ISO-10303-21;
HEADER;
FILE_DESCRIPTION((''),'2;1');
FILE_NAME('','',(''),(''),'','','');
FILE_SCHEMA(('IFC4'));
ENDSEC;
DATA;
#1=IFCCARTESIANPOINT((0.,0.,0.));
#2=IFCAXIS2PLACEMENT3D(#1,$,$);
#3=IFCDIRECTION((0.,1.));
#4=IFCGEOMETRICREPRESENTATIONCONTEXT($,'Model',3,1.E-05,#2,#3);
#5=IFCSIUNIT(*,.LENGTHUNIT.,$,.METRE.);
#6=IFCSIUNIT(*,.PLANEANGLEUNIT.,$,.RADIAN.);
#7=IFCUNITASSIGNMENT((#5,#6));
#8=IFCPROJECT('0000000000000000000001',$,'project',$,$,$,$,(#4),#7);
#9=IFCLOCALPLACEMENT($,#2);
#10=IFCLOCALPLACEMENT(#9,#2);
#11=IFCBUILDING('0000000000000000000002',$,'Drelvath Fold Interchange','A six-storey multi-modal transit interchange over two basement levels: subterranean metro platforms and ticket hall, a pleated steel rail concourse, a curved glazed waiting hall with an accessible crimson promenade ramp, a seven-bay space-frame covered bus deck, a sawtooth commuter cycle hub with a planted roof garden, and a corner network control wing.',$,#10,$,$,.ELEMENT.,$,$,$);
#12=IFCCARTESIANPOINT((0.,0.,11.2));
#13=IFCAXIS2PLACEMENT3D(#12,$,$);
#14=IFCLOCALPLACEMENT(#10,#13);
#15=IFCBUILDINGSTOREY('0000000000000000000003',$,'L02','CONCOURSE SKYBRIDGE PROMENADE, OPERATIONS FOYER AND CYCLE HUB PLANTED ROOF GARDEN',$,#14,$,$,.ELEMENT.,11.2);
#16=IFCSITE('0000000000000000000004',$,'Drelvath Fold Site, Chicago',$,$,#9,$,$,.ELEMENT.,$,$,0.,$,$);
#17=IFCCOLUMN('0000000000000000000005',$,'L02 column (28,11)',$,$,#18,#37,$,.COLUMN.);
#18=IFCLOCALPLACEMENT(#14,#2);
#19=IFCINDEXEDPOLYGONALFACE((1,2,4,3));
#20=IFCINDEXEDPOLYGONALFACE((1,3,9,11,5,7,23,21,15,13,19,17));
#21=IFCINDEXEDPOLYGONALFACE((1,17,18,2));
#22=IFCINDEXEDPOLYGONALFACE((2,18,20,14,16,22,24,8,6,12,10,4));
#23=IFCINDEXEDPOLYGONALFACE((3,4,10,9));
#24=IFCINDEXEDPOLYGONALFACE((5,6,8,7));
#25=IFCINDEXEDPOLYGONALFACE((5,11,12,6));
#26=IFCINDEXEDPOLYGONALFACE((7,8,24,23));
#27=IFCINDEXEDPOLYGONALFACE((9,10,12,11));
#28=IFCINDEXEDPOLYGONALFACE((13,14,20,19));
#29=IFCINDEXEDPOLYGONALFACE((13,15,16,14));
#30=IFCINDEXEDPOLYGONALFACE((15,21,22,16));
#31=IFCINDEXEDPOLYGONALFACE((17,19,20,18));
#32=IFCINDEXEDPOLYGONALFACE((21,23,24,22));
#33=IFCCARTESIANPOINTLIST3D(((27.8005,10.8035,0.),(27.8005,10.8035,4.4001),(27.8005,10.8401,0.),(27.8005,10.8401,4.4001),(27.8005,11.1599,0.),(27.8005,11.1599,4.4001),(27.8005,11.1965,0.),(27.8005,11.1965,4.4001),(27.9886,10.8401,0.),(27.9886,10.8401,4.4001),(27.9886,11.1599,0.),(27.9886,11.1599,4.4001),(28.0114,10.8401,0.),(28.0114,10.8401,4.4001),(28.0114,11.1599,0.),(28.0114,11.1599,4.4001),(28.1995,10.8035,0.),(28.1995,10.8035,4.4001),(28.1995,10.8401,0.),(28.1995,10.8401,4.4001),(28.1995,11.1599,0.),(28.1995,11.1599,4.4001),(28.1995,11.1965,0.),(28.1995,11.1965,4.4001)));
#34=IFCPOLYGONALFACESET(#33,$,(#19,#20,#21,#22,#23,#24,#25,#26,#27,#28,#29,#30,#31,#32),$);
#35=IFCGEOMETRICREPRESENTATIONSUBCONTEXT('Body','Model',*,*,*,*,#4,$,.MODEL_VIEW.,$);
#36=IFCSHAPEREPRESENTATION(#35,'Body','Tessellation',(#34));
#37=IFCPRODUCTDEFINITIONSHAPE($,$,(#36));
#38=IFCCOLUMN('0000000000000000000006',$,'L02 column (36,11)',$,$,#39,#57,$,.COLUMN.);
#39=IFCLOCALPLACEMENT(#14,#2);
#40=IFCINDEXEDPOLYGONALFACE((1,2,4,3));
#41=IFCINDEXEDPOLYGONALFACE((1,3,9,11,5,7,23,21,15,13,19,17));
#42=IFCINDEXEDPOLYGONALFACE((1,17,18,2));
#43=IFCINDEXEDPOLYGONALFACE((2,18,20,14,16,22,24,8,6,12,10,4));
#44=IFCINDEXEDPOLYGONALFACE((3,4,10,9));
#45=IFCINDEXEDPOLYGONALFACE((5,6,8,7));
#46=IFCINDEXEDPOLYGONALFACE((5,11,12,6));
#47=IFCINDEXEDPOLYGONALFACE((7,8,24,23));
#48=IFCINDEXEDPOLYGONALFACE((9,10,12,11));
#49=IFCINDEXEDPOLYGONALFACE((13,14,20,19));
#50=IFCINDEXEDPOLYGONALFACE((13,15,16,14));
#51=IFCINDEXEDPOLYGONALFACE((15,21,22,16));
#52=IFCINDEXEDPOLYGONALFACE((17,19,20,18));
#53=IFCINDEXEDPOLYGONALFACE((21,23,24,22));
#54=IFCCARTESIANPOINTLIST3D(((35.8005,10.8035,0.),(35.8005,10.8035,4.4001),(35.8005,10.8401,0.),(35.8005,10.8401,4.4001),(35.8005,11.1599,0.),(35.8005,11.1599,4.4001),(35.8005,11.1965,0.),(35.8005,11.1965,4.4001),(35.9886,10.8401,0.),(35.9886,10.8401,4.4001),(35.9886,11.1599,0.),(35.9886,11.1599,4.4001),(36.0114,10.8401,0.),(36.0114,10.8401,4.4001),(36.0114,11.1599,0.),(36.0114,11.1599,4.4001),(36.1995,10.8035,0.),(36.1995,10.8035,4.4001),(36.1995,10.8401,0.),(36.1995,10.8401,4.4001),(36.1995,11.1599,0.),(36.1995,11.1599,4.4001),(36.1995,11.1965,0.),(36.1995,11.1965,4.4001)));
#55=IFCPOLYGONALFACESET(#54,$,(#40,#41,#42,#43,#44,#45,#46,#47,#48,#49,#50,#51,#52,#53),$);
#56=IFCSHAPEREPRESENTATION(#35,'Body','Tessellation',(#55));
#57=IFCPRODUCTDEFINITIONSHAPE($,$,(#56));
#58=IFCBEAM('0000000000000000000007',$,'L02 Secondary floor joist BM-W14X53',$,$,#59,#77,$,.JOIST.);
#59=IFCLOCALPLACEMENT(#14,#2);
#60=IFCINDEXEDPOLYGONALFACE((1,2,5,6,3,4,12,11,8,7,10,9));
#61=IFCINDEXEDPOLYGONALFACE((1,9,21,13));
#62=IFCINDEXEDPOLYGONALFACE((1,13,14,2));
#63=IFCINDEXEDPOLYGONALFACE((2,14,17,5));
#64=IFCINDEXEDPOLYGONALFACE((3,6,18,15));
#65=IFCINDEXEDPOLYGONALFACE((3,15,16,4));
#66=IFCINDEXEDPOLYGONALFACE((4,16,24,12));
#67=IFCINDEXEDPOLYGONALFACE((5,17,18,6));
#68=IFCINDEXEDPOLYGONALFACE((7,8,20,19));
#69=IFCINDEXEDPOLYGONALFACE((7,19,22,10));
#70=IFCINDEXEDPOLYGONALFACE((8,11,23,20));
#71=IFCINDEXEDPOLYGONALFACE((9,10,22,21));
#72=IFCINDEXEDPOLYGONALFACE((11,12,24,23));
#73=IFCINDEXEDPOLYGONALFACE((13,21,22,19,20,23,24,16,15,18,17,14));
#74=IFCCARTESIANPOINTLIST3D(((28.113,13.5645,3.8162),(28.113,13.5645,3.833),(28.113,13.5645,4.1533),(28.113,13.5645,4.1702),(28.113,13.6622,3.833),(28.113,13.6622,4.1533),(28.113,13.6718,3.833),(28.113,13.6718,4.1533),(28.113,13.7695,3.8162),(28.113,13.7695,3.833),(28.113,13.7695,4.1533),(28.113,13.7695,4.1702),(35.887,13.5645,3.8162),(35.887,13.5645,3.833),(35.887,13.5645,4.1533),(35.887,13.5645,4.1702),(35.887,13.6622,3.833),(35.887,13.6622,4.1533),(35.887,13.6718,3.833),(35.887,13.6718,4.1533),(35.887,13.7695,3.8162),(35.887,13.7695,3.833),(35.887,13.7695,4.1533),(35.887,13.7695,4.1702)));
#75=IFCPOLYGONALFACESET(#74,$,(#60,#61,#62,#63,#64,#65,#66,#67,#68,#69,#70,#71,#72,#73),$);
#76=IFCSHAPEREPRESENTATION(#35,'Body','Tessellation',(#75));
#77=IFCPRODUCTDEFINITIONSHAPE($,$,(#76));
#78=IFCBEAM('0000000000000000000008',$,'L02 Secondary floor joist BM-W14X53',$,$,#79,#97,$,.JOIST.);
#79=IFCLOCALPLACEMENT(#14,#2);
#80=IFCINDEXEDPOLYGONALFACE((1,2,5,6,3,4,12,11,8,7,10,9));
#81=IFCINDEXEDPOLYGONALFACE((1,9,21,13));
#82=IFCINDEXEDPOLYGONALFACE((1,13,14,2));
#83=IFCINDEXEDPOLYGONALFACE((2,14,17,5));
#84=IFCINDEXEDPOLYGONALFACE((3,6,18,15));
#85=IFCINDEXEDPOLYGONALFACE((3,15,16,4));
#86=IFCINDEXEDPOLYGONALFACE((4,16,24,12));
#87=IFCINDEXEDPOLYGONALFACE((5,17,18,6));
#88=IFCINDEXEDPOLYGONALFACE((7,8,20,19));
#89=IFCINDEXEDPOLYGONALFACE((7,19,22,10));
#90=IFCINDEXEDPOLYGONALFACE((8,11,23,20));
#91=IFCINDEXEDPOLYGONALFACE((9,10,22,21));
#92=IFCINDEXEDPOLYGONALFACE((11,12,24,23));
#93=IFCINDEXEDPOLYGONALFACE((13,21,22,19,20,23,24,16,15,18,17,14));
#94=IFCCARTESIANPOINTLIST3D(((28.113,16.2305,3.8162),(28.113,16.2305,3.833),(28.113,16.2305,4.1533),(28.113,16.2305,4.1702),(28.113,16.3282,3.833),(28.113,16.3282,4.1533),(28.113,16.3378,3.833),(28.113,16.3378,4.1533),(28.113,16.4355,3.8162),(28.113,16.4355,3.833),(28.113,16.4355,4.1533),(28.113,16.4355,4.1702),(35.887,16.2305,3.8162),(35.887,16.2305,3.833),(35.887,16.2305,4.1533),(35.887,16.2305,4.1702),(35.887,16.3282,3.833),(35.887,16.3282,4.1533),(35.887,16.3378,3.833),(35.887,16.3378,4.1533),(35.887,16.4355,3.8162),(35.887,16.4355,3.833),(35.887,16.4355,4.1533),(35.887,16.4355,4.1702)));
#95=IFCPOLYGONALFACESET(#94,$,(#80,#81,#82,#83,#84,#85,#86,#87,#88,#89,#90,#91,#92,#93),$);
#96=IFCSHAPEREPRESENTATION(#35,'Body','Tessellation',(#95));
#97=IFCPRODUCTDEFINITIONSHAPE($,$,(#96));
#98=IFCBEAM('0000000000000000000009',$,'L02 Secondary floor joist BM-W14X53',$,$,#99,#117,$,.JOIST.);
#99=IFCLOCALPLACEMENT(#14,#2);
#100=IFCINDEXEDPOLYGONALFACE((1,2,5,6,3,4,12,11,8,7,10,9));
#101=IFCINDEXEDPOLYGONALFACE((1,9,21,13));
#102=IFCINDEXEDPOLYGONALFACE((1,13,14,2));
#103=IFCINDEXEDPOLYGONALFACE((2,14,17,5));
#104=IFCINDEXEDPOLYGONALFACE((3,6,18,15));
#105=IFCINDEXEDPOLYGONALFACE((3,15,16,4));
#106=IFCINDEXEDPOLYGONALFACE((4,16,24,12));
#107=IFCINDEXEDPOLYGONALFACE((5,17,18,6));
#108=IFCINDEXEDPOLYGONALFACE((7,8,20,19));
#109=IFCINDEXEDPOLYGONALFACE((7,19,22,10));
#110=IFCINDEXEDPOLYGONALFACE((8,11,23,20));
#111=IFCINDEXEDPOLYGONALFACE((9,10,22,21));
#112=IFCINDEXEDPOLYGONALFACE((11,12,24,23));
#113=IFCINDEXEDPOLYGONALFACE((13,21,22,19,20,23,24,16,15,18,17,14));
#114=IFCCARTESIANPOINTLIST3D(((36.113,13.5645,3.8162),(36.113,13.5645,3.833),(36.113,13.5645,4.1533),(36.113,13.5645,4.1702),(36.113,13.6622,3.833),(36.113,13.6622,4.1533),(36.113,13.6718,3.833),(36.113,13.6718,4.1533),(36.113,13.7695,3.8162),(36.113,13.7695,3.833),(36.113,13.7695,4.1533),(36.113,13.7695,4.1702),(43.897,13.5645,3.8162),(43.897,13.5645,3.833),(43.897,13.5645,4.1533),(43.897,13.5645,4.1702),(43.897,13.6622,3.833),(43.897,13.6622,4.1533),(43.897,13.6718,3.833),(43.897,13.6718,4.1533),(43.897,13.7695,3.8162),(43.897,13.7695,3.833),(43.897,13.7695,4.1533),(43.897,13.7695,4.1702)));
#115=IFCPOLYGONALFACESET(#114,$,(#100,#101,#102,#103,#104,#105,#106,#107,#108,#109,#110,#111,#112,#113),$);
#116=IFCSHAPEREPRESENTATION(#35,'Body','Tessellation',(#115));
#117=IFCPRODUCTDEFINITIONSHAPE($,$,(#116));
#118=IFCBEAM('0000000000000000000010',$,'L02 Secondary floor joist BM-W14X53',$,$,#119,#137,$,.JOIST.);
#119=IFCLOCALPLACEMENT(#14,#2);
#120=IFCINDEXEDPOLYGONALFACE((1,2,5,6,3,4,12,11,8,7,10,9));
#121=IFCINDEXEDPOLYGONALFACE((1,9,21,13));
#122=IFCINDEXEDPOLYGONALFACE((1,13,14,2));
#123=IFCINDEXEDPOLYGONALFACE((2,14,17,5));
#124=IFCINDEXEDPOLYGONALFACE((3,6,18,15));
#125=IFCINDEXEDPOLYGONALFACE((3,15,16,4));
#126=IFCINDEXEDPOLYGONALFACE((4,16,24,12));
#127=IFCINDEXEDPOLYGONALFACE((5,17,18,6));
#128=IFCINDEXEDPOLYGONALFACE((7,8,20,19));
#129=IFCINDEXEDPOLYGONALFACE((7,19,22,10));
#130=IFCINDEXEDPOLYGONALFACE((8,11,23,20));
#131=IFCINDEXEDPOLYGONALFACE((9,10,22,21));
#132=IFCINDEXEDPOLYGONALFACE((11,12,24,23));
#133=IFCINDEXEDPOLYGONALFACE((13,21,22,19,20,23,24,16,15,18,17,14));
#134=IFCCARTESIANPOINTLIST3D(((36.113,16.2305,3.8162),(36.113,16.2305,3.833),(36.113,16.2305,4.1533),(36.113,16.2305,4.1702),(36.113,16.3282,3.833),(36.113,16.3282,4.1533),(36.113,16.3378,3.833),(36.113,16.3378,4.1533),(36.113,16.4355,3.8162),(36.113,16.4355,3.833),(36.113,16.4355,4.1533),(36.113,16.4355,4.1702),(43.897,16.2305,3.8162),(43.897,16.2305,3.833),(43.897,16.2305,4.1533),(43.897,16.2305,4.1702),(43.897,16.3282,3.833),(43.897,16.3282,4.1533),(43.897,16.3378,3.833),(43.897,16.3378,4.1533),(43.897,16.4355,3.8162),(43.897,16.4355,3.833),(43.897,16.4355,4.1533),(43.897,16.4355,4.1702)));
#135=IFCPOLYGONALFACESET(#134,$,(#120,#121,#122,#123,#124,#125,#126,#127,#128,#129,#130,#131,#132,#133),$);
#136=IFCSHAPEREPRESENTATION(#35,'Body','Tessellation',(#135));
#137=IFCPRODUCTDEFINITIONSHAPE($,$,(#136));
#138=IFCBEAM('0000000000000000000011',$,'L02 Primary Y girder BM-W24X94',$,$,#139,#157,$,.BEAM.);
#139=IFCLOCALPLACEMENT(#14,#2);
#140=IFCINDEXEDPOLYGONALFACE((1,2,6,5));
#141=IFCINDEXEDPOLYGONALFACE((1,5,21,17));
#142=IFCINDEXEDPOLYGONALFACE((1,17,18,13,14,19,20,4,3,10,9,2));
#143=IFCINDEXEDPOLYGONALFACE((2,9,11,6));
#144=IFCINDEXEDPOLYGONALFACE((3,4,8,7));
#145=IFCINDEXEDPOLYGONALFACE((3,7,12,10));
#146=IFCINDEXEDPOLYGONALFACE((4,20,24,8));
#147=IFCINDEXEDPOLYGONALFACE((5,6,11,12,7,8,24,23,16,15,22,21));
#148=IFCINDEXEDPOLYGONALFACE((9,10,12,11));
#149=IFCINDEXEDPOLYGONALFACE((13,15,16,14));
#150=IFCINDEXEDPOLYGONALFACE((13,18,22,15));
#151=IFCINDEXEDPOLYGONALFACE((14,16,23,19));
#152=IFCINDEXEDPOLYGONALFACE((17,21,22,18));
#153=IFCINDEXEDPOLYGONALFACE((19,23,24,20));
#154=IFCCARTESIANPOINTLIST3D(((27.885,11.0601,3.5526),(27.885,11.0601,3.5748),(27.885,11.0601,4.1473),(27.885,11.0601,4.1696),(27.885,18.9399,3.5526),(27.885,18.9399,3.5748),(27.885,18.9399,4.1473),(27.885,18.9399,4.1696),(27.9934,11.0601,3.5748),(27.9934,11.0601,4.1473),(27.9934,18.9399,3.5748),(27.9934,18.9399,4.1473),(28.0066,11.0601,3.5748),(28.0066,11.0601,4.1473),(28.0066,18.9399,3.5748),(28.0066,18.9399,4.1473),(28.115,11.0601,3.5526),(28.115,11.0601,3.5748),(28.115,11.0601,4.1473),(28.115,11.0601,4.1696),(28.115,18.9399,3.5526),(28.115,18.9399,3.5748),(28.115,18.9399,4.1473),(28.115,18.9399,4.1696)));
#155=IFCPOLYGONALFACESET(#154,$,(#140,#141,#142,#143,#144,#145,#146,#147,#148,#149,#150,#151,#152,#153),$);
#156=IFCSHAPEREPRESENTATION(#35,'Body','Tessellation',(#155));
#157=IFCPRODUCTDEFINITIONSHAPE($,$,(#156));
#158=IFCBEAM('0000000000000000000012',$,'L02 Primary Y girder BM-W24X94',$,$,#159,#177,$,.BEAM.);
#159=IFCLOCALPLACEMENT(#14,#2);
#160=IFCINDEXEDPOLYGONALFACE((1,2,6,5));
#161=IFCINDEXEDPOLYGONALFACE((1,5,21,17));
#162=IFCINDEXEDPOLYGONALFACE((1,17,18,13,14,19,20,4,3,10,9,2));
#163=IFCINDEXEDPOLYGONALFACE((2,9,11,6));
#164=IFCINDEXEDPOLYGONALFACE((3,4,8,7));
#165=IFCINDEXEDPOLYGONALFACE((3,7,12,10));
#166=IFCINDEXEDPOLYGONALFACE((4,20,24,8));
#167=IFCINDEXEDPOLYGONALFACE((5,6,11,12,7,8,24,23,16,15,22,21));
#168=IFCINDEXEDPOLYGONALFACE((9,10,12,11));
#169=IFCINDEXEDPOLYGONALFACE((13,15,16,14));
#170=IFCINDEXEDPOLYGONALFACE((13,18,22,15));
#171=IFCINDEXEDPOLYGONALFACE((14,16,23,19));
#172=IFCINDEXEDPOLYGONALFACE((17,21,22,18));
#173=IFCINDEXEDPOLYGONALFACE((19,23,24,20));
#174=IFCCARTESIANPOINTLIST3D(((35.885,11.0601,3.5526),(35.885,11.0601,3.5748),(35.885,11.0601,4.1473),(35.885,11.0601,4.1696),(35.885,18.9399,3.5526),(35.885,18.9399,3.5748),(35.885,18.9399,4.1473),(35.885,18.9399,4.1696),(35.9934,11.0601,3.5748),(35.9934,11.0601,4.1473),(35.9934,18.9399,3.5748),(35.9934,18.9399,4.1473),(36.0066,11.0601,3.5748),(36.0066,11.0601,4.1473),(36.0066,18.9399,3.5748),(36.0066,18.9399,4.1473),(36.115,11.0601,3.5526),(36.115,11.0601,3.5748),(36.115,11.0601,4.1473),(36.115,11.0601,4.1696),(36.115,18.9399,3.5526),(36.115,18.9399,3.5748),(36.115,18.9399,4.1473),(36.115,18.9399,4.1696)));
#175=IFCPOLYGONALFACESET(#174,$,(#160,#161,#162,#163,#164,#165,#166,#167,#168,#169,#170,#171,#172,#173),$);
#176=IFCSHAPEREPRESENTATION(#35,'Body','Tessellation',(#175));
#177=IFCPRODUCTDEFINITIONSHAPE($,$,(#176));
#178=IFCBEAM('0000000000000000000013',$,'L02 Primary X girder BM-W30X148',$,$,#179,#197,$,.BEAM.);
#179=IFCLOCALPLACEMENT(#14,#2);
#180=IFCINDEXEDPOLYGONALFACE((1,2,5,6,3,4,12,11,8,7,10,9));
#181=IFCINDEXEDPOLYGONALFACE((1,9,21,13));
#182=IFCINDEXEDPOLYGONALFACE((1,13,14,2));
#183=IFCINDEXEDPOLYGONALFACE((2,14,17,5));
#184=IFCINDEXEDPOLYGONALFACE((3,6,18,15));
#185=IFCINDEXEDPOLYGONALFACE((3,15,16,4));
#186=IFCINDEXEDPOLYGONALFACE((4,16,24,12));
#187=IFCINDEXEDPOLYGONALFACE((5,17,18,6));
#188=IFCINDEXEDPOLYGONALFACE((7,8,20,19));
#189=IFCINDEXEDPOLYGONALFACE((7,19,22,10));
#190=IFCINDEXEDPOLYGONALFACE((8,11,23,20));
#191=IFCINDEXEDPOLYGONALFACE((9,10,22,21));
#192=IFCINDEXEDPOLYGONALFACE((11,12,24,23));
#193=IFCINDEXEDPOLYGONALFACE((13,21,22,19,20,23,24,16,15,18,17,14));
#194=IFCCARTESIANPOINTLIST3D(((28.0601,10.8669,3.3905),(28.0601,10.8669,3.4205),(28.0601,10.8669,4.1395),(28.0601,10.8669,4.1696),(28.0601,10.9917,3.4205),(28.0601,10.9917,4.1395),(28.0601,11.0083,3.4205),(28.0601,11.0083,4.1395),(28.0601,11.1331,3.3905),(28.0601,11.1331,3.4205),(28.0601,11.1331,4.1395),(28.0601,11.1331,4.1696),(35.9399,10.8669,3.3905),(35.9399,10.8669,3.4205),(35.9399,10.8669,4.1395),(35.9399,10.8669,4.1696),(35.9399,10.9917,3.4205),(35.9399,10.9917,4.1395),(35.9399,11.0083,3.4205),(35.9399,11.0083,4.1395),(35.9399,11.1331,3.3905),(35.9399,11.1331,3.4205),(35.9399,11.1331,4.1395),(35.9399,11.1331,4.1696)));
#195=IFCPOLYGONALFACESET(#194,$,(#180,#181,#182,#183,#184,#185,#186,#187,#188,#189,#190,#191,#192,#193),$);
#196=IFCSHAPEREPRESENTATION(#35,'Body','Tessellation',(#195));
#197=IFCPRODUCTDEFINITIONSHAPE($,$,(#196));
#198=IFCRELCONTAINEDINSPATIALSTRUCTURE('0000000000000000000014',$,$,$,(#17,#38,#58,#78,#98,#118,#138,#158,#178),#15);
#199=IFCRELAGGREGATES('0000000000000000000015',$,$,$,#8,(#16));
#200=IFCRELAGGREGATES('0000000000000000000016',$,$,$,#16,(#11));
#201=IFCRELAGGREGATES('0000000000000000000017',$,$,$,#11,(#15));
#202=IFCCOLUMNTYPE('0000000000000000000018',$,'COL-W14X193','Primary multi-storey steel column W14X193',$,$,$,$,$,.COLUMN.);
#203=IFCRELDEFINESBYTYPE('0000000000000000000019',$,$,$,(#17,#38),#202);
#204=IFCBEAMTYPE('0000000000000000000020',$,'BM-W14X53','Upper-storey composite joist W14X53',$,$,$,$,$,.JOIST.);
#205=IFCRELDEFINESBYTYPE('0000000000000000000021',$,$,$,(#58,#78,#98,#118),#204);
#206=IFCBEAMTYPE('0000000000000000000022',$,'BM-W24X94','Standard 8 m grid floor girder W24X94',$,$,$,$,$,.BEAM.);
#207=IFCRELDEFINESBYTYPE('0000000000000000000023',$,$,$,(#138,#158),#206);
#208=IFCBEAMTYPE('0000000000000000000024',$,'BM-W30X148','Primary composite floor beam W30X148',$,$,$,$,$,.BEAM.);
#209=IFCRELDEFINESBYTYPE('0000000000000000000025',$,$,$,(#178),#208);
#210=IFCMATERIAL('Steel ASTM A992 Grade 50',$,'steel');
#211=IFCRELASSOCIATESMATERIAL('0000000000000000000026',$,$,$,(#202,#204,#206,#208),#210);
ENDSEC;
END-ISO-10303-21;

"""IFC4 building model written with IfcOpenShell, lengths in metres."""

from ifc_helpers import new_model, si_unit, direction, frame, origin, origin_2d, place, context, subcontext, project, spatial, i_section, extrude, material, material_profile, profile_set, type_object, element, save


model = new_model("IFC4")

# Units and contexts
model_context = context("Model", 3, precision=1e-05, world=origin(), true_north=direction((0.0, 1.0)))
body_context = subcontext(model_context, "Body", "Model", "MODEL_VIEW")
ifc_project = project(units=[si_unit("LENGTHUNIT", "METRE"), si_unit("PLANEANGLEUNIT", "RADIAN")], contexts=[model_context])

# Site, building, storey
site_placement = place(None, origin())
site = spatial("IfcSite", under=ifc_project, at=site_placement, Name="Drelvath Fold Site, Chicago", CompositionType="ELEMENT", RefElevation=0.0)
building_placement = place(site_placement, origin())
building = spatial("IfcBuilding", under=site, at=building_placement, Name="Drelvath Fold Interchange", Description="A six-storey multi-modal transit interchange over two basement levels: subterranean metro platforms and ticket hall, a pleated steel rail concourse, a curved glazed waiting hall with an accessible crimson promenade ramp, a seven-bay space-frame covered bus deck, a sawtooth commuter cycle hub with a planted roof garden, and a corner network control wing.", CompositionType="ELEMENT")
storey_placement = place(building_placement, frame((0.0, 0.0, 11.2)))
storey = spatial("IfcBuildingStorey", under=building, at=storey_placement, Name="L02", Description="CONCOURSE SKYBRIDGE PROMENADE, OPERATIONS FOYER AND CYCLE HUB PLANTED ROOF GARDEN", CompositionType="ELEMENT", Elevation=11.2)

# Columns
ifc_material_1 = material(Name="Steel ASTM A992 Grade 50", Category="steel")
ifc_material_profile_1 = material_profile(ifc_material_1, i_section(OverallWidth=0.3989, OverallDepth=0.3931, WebThickness=0.0227, FlangeThickness=0.0366, at=origin_2d()), Name="W14X193")
ifc_profile_set_1 = profile_set([ifc_material_profile_1], Name="Steel ASTM A992 Grade 50")
column_type = type_object("IfcColumnType", Name="COL-W14X193", Description="Primary multi-storey steel column W14X193", PredefinedType="COLUMN", material=ifc_profile_set_1)
for number, where, z_axis, x_axis, name in (
    (1, (28.0, 11.0, 0.0), (0.0, 0.0, 1.0), (1.0, 0.0, 0.0), "L02 column (28,11)"),
    (2, (36.0, 11.0, 0.0), (0.0, 0.0, 1.0), (1.0, 0.0, 0.0), "L02 column (36,11)"),
):
    element("IfcColumn", number, at=place(storey_placement, frame(where, z_axis=z_axis, x_axis=x_axis)), inside=storey, type_object=column_type, Name=name, PredefinedType="COLUMN", context=body_context, shape_type="SweptSolid", body=[
        extrude(i_section(OverallWidth=0.3989, OverallDepth=0.3931, WebThickness=0.0227, FlangeThickness=0.0366, at=origin_2d()), origin(), (0.0, 0.0, 1.0), 4.4001),
    ])

# Beams
ifc_material_profile_2 = material_profile(ifc_material_1, i_section(OverallWidth=0.2051, OverallDepth=0.354, WebThickness=0.0095, FlangeThickness=0.0168, at=origin_2d()), Name="W14X53")
ifc_profile_set_2 = profile_set([ifc_material_profile_2], Name="Steel ASTM A992 Grade 50")
beam_type_1 = type_object("IfcBeamType", Name="BM-W14X53", Description="Upper-storey composite joist W14X53", PredefinedType="JOIST", material=ifc_profile_set_2)
for number, where, z_axis, x_axis, name in (
    (3, (28.113, 13.667, 3.9932), (1.0, 0.0, 0.0), (0.0, 1.0, 0.0), "L02 Secondary floor joist BM-W14X53"),
    (4, (28.113, 16.333, 3.9932), (1.0, 0.0, 0.0), (0.0, 1.0, 0.0), "L02 Secondary floor joist BM-W14X53"),
):
    element("IfcBeam", number, at=place(storey_placement, frame(where, z_axis=z_axis, x_axis=x_axis)), inside=storey, type_object=beam_type_1, Name=name, PredefinedType="JOIST", context=body_context, shape_type="SweptSolid", body=[
        extrude(i_section(OverallWidth=0.2051, OverallDepth=0.354, WebThickness=0.0095, FlangeThickness=0.0168, at=origin_2d()), origin(), (0.0, 0.0, 1.0), 7.7739),
    ])
for number, where, z_axis, x_axis, name in (
    (5, (36.113, 13.667, 3.9932), (1.0, 0.0, 0.0), (0.0, 1.0, 0.0), "L02 Secondary floor joist BM-W14X53"),
    (6, (36.113, 16.333, 3.9932), (1.0, 0.0, 0.0), (0.0, 1.0, 0.0), "L02 Secondary floor joist BM-W14X53"),
):
    element("IfcBeam", number, at=place(storey_placement, frame(where, z_axis=z_axis, x_axis=x_axis)), inside=storey, type_object=beam_type_1, Name=name, PredefinedType="JOIST", context=body_context, shape_type="SweptSolid", body=[
        extrude(i_section(OverallWidth=0.2051, OverallDepth=0.354, WebThickness=0.0095, FlangeThickness=0.0168, at=origin_2d()), origin(), (0.0, 0.0, 1.0), 7.7839),
    ])
ifc_material_profile_3 = material_profile(ifc_material_1, i_section(OverallWidth=0.23, OverallDepth=0.6169, WebThickness=0.0132, FlangeThickness=0.0222, at=origin_2d()), Name="W24X94")
ifc_profile_set_3 = profile_set([ifc_material_profile_3], Name="Steel ASTM A992 Grade 50")
beam_type_2 = type_object("IfcBeamType", Name="BM-W24X94", Description="Standard 8 m grid floor girder W24X94", PredefinedType="BEAM", material=ifc_profile_set_3)
for number, where, z_axis, x_axis, name in (
    (7, (28.0, 11.0601, 3.8611), (0.0, 1.0, 0.0), (-1.0, 0.0, 0.0), "L02 Primary Y girder BM-W24X94"),
    (8, (36.0, 11.0601, 3.8611), (0.0, 1.0, 0.0), (-1.0, 0.0, 0.0), "L02 Primary Y girder BM-W24X94"),
):
    element("IfcBeam", number, at=place(storey_placement, frame(where, z_axis=z_axis, x_axis=x_axis)), inside=storey, type_object=beam_type_2, Name=name, PredefinedType="BEAM", context=body_context, shape_type="SweptSolid", body=[
        extrude(i_section(OverallWidth=0.23, OverallDepth=0.6169, WebThickness=0.0132, FlangeThickness=0.0222, at=origin_2d()), origin(), (0.0, 0.0, 1.0), 7.8799),
    ])
ifc_material_profile_4 = material_profile(ifc_material_1, i_section(OverallWidth=0.2661, OverallDepth=0.7791, WebThickness=0.0166, FlangeThickness=0.03, at=origin_2d()), Name="W30X148")
ifc_profile_set_4 = profile_set([ifc_material_profile_4], Name="Steel ASTM A992 Grade 50")
beam_type_3 = type_object("IfcBeamType", Name="BM-W30X148", Description="Primary composite floor beam W30X148", PredefinedType="BEAM", material=ifc_profile_set_4)
beam_placement = place(storey_placement, frame((28.0601, 11.0, 3.78), z_axis=(1.0, 0.0, 0.0), x_axis=(0.0, 1.0, 0.0)))
element("IfcBeam", 9, at=beam_placement, inside=storey, type_object=beam_type_3, Name="L02 Primary X girder BM-W30X148", PredefinedType="BEAM", context=body_context, shape_type="SweptSolid", body=[
    extrude(i_section(OverallWidth=0.2661, OverallDepth=0.7791, WebThickness=0.0166, FlangeThickness=0.03, at=origin_2d()), origin(), (0.0, 0.0, 1.0), 7.8799),
])

save(model, "model.ifc")
